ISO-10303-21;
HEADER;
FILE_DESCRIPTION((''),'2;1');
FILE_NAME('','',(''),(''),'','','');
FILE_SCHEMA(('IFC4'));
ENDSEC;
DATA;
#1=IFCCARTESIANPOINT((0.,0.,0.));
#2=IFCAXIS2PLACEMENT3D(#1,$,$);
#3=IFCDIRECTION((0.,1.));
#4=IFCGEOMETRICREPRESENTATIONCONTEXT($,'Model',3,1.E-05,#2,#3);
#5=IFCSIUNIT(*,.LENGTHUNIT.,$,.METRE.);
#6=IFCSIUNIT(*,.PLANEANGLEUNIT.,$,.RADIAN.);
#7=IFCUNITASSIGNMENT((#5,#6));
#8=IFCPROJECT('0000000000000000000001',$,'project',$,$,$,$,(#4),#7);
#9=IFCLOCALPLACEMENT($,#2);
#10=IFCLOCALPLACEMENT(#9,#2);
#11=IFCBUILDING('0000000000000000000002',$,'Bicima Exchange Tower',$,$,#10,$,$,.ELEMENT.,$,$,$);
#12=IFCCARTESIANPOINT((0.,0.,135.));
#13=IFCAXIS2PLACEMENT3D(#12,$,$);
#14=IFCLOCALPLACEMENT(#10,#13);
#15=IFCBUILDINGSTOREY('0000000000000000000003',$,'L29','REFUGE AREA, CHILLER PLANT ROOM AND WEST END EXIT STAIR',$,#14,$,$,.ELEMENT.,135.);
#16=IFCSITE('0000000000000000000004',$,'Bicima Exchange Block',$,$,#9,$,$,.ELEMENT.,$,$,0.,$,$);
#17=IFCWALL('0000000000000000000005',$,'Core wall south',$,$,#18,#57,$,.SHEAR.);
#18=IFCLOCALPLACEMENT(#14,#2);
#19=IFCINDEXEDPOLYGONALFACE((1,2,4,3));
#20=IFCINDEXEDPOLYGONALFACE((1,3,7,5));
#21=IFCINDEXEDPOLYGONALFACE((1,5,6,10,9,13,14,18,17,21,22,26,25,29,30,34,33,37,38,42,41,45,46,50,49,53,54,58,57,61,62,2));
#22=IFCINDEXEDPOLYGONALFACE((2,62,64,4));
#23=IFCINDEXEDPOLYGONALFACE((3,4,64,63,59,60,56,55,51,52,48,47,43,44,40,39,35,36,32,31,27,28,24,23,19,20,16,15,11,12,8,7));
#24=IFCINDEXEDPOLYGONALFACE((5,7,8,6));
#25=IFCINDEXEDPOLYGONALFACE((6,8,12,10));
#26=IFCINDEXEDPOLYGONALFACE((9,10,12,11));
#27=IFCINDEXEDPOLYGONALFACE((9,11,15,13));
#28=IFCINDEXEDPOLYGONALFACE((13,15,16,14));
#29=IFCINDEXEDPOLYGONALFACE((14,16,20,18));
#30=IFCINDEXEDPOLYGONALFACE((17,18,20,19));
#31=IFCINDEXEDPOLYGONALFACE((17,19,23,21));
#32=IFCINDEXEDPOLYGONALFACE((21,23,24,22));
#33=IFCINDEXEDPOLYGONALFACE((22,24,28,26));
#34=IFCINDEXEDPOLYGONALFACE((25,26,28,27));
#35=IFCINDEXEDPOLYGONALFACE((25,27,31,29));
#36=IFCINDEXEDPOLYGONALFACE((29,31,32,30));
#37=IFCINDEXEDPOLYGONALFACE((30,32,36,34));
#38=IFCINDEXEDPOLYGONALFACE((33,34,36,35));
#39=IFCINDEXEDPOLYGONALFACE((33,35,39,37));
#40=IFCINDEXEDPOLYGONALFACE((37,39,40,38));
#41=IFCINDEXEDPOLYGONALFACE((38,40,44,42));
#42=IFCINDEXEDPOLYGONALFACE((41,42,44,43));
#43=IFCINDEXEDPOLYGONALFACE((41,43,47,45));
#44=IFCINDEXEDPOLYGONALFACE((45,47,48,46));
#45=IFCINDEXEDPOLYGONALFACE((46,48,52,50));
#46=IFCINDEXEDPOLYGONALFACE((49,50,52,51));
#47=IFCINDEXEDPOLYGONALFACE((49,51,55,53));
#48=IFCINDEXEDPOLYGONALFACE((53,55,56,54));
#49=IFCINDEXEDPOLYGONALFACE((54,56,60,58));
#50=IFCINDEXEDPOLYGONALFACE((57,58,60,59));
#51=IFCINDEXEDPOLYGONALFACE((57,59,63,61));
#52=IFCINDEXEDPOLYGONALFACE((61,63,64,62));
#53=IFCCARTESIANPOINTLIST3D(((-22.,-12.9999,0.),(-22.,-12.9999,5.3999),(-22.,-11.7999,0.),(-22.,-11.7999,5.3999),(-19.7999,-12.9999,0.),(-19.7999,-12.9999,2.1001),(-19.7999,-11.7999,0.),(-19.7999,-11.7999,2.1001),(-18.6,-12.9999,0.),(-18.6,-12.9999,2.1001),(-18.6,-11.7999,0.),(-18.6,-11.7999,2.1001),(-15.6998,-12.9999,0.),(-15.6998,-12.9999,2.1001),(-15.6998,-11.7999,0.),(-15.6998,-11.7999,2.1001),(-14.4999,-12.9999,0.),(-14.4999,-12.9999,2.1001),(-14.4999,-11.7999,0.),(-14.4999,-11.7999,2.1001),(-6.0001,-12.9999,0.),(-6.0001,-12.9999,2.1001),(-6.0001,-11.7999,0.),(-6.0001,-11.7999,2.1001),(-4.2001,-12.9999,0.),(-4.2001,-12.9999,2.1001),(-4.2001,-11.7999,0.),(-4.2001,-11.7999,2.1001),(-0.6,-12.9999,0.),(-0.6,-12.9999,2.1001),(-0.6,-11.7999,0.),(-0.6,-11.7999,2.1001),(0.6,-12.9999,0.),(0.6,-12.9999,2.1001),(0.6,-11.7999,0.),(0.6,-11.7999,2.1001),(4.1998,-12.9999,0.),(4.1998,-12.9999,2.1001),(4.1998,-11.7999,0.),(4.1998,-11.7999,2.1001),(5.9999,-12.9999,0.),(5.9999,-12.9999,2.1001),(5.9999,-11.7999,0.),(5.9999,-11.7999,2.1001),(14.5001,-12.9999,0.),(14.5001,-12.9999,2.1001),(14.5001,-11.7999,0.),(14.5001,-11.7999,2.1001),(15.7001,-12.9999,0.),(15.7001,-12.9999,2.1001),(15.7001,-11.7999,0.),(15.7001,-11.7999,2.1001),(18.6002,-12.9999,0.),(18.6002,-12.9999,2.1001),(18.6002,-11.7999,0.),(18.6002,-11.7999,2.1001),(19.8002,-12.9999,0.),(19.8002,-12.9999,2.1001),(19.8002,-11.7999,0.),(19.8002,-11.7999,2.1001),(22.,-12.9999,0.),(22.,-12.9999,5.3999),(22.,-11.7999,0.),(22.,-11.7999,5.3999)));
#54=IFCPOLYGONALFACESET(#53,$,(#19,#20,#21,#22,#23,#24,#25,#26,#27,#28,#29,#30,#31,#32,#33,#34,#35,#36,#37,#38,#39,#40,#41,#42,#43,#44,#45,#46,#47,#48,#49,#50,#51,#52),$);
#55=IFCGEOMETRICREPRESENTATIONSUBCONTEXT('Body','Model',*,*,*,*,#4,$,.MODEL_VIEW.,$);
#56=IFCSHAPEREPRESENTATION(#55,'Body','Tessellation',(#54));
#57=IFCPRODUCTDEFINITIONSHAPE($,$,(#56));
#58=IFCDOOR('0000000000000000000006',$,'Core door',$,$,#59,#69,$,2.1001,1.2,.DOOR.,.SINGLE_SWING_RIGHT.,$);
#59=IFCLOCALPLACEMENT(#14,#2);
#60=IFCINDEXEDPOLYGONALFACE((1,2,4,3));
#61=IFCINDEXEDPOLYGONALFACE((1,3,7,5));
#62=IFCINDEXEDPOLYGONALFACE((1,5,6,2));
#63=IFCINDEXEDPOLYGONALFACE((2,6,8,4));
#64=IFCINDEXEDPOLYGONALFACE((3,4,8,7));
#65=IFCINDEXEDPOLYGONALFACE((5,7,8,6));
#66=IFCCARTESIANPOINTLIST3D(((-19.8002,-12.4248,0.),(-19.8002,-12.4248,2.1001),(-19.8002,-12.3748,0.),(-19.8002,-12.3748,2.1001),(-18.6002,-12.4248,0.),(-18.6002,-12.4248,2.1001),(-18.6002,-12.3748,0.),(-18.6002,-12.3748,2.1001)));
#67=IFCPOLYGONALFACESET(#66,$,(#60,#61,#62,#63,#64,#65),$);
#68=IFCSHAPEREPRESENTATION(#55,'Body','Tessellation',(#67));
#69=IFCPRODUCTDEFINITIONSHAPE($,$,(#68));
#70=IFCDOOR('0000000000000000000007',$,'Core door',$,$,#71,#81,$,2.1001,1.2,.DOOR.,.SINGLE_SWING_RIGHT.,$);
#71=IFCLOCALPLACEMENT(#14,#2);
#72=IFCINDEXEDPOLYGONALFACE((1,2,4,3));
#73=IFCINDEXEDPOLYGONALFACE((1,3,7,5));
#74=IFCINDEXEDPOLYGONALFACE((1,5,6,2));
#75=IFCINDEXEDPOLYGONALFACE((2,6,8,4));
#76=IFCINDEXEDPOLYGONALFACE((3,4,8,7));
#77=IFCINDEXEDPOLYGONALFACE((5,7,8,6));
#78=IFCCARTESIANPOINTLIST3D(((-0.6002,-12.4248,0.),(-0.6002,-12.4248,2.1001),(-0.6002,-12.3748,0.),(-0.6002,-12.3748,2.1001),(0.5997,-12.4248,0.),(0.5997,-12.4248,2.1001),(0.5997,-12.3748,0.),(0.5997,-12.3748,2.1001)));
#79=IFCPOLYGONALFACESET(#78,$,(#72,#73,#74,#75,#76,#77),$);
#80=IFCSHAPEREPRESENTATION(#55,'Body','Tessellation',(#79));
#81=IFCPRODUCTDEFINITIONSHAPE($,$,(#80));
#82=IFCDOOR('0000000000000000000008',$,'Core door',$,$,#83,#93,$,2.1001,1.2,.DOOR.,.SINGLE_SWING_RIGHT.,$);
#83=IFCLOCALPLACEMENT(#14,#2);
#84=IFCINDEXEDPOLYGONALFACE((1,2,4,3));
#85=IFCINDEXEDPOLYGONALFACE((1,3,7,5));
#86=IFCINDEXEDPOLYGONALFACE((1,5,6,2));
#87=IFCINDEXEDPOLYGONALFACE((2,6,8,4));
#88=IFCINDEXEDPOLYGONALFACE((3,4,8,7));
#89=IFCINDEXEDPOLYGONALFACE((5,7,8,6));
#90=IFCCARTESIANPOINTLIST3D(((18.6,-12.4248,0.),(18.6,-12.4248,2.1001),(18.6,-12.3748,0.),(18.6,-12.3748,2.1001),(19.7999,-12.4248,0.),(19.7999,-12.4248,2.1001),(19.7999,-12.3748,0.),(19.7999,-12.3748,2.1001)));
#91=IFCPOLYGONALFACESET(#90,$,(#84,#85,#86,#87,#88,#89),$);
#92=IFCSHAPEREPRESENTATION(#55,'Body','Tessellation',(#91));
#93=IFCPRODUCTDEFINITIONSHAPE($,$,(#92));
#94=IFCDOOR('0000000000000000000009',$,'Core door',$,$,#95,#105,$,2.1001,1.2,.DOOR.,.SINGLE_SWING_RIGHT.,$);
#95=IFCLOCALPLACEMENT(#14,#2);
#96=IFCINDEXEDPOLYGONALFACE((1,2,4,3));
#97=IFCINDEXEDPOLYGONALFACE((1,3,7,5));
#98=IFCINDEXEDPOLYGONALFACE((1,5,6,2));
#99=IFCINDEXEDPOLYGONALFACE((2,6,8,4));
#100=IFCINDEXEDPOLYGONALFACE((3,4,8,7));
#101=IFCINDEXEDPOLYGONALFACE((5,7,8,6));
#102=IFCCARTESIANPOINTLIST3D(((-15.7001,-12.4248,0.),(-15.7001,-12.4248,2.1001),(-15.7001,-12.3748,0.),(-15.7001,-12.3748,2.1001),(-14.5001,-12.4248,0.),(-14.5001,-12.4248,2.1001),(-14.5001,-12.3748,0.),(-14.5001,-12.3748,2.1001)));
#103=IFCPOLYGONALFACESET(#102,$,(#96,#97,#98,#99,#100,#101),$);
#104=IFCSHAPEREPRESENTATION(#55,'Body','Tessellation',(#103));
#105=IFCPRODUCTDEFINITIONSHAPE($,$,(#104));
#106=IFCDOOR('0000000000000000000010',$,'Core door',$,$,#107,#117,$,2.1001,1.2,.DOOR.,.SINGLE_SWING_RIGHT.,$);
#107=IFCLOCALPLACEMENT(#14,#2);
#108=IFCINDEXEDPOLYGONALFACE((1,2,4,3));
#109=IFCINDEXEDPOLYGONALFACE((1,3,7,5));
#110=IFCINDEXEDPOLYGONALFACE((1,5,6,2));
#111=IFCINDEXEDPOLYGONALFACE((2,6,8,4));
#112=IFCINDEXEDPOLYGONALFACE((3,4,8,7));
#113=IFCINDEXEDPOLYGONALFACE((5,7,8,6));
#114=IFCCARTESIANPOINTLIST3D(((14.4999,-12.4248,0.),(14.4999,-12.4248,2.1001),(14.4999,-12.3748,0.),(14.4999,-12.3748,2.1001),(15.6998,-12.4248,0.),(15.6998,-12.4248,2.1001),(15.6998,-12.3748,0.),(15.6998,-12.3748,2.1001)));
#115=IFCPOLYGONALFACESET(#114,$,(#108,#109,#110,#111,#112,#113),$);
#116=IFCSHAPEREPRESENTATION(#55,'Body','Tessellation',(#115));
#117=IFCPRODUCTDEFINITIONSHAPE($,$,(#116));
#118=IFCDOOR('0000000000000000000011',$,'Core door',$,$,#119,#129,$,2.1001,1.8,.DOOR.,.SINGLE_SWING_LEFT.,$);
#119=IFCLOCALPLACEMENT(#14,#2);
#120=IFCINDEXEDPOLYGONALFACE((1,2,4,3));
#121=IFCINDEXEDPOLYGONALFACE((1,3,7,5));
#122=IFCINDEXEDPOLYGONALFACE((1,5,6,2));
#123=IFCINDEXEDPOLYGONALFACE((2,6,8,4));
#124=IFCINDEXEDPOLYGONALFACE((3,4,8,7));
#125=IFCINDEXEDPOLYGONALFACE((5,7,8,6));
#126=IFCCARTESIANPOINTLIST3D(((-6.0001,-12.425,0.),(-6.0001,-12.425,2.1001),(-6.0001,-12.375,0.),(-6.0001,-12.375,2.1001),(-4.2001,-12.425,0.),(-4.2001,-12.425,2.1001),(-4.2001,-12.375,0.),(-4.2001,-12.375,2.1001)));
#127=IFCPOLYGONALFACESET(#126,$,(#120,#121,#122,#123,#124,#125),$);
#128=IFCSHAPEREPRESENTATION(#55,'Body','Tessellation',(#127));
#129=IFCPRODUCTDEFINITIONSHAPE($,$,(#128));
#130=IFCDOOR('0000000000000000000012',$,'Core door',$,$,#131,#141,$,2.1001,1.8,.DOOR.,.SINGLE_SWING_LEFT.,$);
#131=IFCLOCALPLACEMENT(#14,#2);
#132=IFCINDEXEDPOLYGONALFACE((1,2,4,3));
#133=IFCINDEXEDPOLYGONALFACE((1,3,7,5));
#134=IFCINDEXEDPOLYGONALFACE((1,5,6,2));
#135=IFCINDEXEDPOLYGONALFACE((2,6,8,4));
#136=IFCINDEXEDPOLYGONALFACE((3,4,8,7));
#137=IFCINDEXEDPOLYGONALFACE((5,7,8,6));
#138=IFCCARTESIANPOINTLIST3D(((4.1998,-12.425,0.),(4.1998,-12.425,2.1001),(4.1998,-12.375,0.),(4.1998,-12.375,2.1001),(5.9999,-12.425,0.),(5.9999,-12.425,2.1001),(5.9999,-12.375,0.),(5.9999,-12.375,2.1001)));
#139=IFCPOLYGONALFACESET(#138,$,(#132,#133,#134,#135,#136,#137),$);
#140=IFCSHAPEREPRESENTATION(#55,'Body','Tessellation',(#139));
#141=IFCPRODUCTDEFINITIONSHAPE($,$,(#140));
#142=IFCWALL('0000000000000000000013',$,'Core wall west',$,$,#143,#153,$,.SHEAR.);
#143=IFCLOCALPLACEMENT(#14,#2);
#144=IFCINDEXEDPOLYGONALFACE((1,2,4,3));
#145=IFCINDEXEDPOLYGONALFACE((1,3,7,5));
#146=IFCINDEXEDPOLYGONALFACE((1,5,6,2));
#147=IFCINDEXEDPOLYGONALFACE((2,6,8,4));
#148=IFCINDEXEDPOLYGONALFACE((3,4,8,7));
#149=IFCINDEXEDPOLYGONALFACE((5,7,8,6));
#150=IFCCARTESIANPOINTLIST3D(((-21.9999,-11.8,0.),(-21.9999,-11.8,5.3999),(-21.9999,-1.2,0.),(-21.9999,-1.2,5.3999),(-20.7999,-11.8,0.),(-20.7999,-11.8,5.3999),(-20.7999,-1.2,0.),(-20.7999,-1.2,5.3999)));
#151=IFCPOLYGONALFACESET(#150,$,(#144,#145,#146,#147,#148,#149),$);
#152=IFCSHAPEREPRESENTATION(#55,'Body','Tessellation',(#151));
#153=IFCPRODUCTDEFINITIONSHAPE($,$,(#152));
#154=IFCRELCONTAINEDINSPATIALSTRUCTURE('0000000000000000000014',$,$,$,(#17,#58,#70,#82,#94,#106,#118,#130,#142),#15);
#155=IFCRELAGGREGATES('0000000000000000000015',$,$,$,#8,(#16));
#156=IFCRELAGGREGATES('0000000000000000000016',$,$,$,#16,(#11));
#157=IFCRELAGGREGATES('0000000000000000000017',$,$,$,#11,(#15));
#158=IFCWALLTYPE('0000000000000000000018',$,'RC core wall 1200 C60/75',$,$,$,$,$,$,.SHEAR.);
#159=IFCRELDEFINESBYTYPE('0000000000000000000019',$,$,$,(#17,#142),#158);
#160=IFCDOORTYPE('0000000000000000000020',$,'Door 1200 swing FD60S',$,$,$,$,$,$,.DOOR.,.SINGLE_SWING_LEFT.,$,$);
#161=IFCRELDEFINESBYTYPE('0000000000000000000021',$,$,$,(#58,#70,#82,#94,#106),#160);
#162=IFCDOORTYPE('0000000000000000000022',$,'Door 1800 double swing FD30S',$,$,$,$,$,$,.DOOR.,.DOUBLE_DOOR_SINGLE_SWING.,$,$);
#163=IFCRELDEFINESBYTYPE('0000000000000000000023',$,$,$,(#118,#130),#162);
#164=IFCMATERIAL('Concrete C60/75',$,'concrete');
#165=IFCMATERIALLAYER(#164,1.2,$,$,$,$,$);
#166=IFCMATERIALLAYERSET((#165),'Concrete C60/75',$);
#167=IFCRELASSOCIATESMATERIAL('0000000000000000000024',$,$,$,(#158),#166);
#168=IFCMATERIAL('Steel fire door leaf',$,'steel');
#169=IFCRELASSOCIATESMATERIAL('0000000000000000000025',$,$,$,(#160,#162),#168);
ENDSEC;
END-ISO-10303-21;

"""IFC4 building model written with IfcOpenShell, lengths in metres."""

from ifc_helpers import new_model, si_unit, direction, frame, frame_2d, origin, place, context, subcontext, project, spatial, rectangle, extrude, material, layer, layer_set, type_object, element, fill, save


model = new_model("IFC4")

# Units and contexts
model_context = context("Model", 3, precision=1e-05, world=origin(), true_north=direction((0.0, 1.0)))
body_context = subcontext(model_context, "Body", "Model", "MODEL_VIEW")
ifc_project = project(units=[si_unit("LENGTHUNIT", "METRE"), si_unit("PLANEANGLEUNIT", "RADIAN")], contexts=[model_context])

# Site, building, storey
site_placement = place(None, origin())
site = spatial("IfcSite", under=ifc_project, at=site_placement, Name="Bicima Exchange Block", CompositionType="ELEMENT", RefElevation=0.0)
building_placement = place(site_placement, origin())
building = spatial("IfcBuilding", under=site, at=building_placement, Name="Bicima Exchange Tower", CompositionType="ELEMENT")
storey_placement = place(building_placement, frame((0.0, 0.0, 135.0)))
storey = spatial("IfcBuildingStorey", under=building, at=storey_placement, Name="L29", Description="REFUGE AREA, CHILLER PLANT ROOM AND WEST END EXIT STAIR", CompositionType="ELEMENT", Elevation=135.0)

# Wall, openings, doors
ifc_material_1 = material(Name="Concrete C60/75", Category="concrete")
ifc_layer_1 = layer(ifc_material_1, 1.2)
ifc_layer_set_1 = layer_set([ifc_layer_1], Name="Concrete C60/75")
wall_type_1 = type_object("IfcWallType", Name="RC core wall 1200 C60/75", PredefinedType="SHEAR", material=ifc_layer_set_1)
wall_1_placement = place(storey_placement, frame((-22.0, -12.3999, 0.0), z_axis=(0.0, 0.0, 1.0), x_axis=(1.0, 0.0, 0.0)))
wall_1 = element("IfcWall", 1, at=wall_1_placement, inside=storey, type_object=wall_type_1, Name="Core wall south", PredefinedType="SHEAR", context=body_context, shape_type="SweptSolid", body=[
    extrude(rectangle(XDim=44.0, YDim=1.2, at=frame_2d((22.0, 0.0))), origin(), (0.0, 0.0, 1.0), 5.3999),
])
opening_1_placement = place(wall_1_placement, frame((2.2, 0.0, 0.0)))
opening_1 = element("IfcOpeningElement", 2, at=opening_1_placement, cuts=wall_1, PredefinedType="OPENING", context=body_context, shape_type="SweptSolid", body=[
    extrude(rectangle(XDim=1.2, YDim=2.1001, at=frame_2d((0.6001, 1.05))), frame((0.0, 0.6118, 0.0), z_axis=(0.0, -1.0, 0.0), x_axis=(1.0, 0.0, 0.0)), (0.0, 0.0, 1.0), 1.2239),
])
opening_2_placement = place(wall_1_placement, frame((21.3999, 0.0, 0.0)))
opening_2 = element("IfcOpeningElement", 3, at=opening_2_placement, cuts=wall_1, PredefinedType="OPENING", context=body_context, shape_type="SweptSolid", body=[
    extrude(rectangle(XDim=1.2, YDim=2.1001, at=frame_2d((0.6001, 1.05))), frame((0.0, 0.6118, 0.0), z_axis=(0.0, -1.0, 0.0), x_axis=(1.0, 0.0, 0.0)), (0.0, 0.0, 1.0), 1.2239),
])
opening_3_placement = place(wall_1_placement, frame((40.6001, 0.0, 0.0)))
opening_3 = element("IfcOpeningElement", 4, at=opening_3_placement, cuts=wall_1, PredefinedType="OPENING", context=body_context, shape_type="SweptSolid", body=[
    extrude(rectangle(XDim=1.2, YDim=2.1001, at=frame_2d((0.6001, 1.05))), frame((0.0, 0.6118, 0.0), z_axis=(0.0, -1.0, 0.0), x_axis=(1.0, 0.0, 0.0)), (0.0, 0.0, 1.0), 1.2239),
])
opening_4_placement = place(wall_1_placement, frame((16.0, 0.0, 0.0)))
opening_4 = element("IfcOpeningElement", 5, at=opening_4_placement, cuts=wall_1, PredefinedType="OPENING", context=body_context, shape_type="SweptSolid", body=[
    extrude(rectangle(XDim=1.8, YDim=2.1001, at=frame_2d((0.8999, 1.05))), frame((0.0, 0.6118, 0.0), z_axis=(0.0, -1.0, 0.0), x_axis=(1.0, 0.0, 0.0)), (0.0, 0.0, 1.0), 1.2239),
])
opening_5_placement = place(wall_1_placement, frame((6.3, 0.0, 0.0)))
opening_5 = element("IfcOpeningElement", 6, at=opening_5_placement, cuts=wall_1, PredefinedType="OPENING", context=body_context, shape_type="SweptSolid", body=[
    extrude(rectangle(XDim=1.2, YDim=2.1001, at=frame_2d((0.6001, 1.05))), frame((0.0, 0.6118, 0.0), z_axis=(0.0, -1.0, 0.0), x_axis=(1.0, 0.0, 0.0)), (0.0, 0.0, 1.0), 1.2239),
])
opening_6_placement = place(wall_1_placement, frame((26.2, 0.0, 0.0)))
opening_6 = element("IfcOpeningElement", 7, at=opening_6_placement, cuts=wall_1, PredefinedType="OPENING", context=body_context, shape_type="SweptSolid", body=[
    extrude(rectangle(XDim=1.8, YDim=2.1001, at=frame_2d((0.8999, 1.05))), frame((0.0, 0.6118, 0.0), z_axis=(0.0, -1.0, 0.0), x_axis=(1.0, 0.0, 0.0)), (0.0, 0.0, 1.0), 1.2239),
])
opening_7_placement = place(wall_1_placement, frame((36.5, 0.0, 0.0)))
opening_7 = element("IfcOpeningElement", 8, at=opening_7_placement, cuts=wall_1, PredefinedType="OPENING", context=body_context, shape_type="SweptSolid", body=[
    extrude(rectangle(XDim=1.2, YDim=2.1001, at=frame_2d((0.6001, 1.05))), frame((0.0, 0.6118, 0.0), z_axis=(0.0, -1.0, 0.0), x_axis=(1.0, 0.0, 0.0)), (0.0, 0.0, 1.0), 1.2239),
])
ifc_material_2 = material(Name="Steel fire door leaf", Category="steel")
door_type_1 = type_object("IfcDoorType", Name="Door 1200 swing FD60S", OperationType="SINGLE_SWING_LEFT", PredefinedType="DOOR", material=ifc_material_2)
door_1_placement = place(opening_1_placement, frame((1.2, 0.0, 0.0), z_axis=(0.0, 0.0, 1.0), x_axis=(-1.0, 0.0, 0.0)))
door_1 = element("IfcDoor", 9, at=door_1_placement, inside=storey, type_object=door_type_1, Name="Core door", OperationType="SINGLE_SWING_RIGHT", OverallHeight=2.1001, OverallWidth=1.2, PredefinedType="DOOR", context=body_context, shape_type="SweptSolid", body=[
    extrude(rectangle(XDim=1.2, YDim=2.1001, at=frame_2d((0.6001, 1.05))), frame((0.0, 0.0249, 0.0), z_axis=(0.0, -1.0, 0.0), x_axis=(1.0, 0.0, 0.0)), (0.0, 0.0, 1.0), 0.05),
])
fill(opening_1, door_1)
door_2_placement = place(opening_2_placement, frame((1.2, 0.0, 0.0), z_axis=(0.0, 0.0, 1.0), x_axis=(-1.0, 0.0, 0.0)))
door_2 = element("IfcDoor", 10, at=door_2_placement, inside=storey, type_object=door_type_1, Name="Core door", OperationType="SINGLE_SWING_RIGHT", OverallHeight=2.1001, OverallWidth=1.2, PredefinedType="DOOR", context=body_context, shape_type="SweptSolid", body=[
    extrude(rectangle(XDim=1.2, YDim=2.1001, at=frame_2d((0.6001, 1.05))), frame((0.0, 0.0249, 0.0), z_axis=(0.0, -1.0, 0.0), x_axis=(1.0, 0.0, 0.0)), (0.0, 0.0, 1.0), 0.05),
])
fill(opening_2, door_2)
door_3_placement = place(opening_3_placement, frame((1.2, 0.0, 0.0), z_axis=(0.0, 0.0, 1.0), x_axis=(-1.0, 0.0, 0.0)))
door_3 = element("IfcDoor", 11, at=door_3_placement, inside=storey, type_object=door_type_1, Name="Core door", OperationType="SINGLE_SWING_RIGHT", OverallHeight=2.1001, OverallWidth=1.2, PredefinedType="DOOR", context=body_context, shape_type="SweptSolid", body=[
    extrude(rectangle(XDim=1.2, YDim=2.1001, at=frame_2d((0.6001, 1.05))), frame((0.0, 0.0249, 0.0), z_axis=(0.0, -1.0, 0.0), x_axis=(1.0, 0.0, 0.0)), (0.0, 0.0, 1.0), 0.05),
])
fill(opening_3, door_3)
door_4_placement = place(opening_5_placement, frame((1.2, 0.0, 0.0), z_axis=(0.0, 0.0, 1.0), x_axis=(-1.0, 0.0, 0.0)))
door_4 = element("IfcDoor", 12, at=door_4_placement, inside=storey, type_object=door_type_1, Name="Core door", OperationType="SINGLE_SWING_RIGHT", OverallHeight=2.1001, OverallWidth=1.2, PredefinedType="DOOR", context=body_context, shape_type="SweptSolid", body=[
    extrude(rectangle(XDim=1.2, YDim=2.1001, at=frame_2d((0.6001, 1.05))), frame((0.0, 0.0249, 0.0), z_axis=(0.0, -1.0, 0.0), x_axis=(1.0, 0.0, 0.0)), (0.0, 0.0, 1.0), 0.05),
])
fill(opening_5, door_4)
door_5_placement = place(opening_7_placement, frame((1.2, 0.0, 0.0), z_axis=(0.0, 0.0, 1.0), x_axis=(-1.0, 0.0, 0.0)))
door_5 = element("IfcDoor", 13, at=door_5_placement, inside=storey, type_object=door_type_1, Name="Core door", OperationType="SINGLE_SWING_RIGHT", OverallHeight=2.1001, OverallWidth=1.2, PredefinedType="DOOR", context=body_context, shape_type="SweptSolid", body=[
    extrude(rectangle(XDim=1.2, YDim=2.1001, at=frame_2d((0.6001, 1.05))), frame((0.0, 0.0249, 0.0), z_axis=(0.0, -1.0, 0.0), x_axis=(1.0, 0.0, 0.0)), (0.0, 0.0, 1.0), 0.05),
])
fill(opening_7, door_5)
door_type_2 = type_object("IfcDoorType", Name="Door 1800 double swing FD30S", OperationType="DOUBLE_DOOR_SINGLE_SWING", PredefinedType="DOOR", material=ifc_material_2)
door_6_placement = place(opening_4_placement, origin())
door_6 = element("IfcDoor", 14, at=door_6_placement, inside=storey, type_object=door_type_2, Name="Core door", OperationType="SINGLE_SWING_LEFT", OverallHeight=2.1001, OverallWidth=1.8, PredefinedType="DOOR", context=body_context, shape_type="SweptSolid", body=[
    extrude(rectangle(XDim=1.8, YDim=2.1001, at=frame_2d((0.8999, 1.05))), frame((0.0, 0.0249, 0.0), z_axis=(0.0, -1.0, 0.0), x_axis=(1.0, 0.0, 0.0)), (0.0, 0.0, 1.0), 0.05),
])
fill(opening_4, door_6)
door_7_placement = place(opening_6_placement, origin())
door_7 = element("IfcDoor", 15, at=door_7_placement, inside=storey, type_object=door_type_2, Name="Core door", OperationType="SINGLE_SWING_LEFT", OverallHeight=2.1001, OverallWidth=1.8, PredefinedType="DOOR", context=body_context, shape_type="SweptSolid", body=[
    extrude(rectangle(XDim=1.8, YDim=2.1001, at=frame_2d((0.8999, 1.05))), frame((0.0, 0.0249, 0.0), z_axis=(0.0, -1.0, 0.0), x_axis=(1.0, 0.0, 0.0)), (0.0, 0.0, 1.0), 0.05),
])
fill(opening_6, door_7)

# Wall
wall_2_placement = place(storey_placement, frame((-21.3999, -11.8, 0.0), z_axis=(0.0, 0.0, 1.0), x_axis=(0.0, 1.0, 0.0)))
element("IfcWall", 16, at=wall_2_placement, inside=storey, type_object=wall_type_1, Name="Core wall west", PredefinedType="SHEAR", context=body_context, shape_type="SweptSolid", body=[
    extrude(rectangle(XDim=10.6001, YDim=1.2, at=frame_2d((5.3, 0.0))), origin(), (0.0, 0.0, 1.0), 5.3999),
])

save(model, "model.ifc")
